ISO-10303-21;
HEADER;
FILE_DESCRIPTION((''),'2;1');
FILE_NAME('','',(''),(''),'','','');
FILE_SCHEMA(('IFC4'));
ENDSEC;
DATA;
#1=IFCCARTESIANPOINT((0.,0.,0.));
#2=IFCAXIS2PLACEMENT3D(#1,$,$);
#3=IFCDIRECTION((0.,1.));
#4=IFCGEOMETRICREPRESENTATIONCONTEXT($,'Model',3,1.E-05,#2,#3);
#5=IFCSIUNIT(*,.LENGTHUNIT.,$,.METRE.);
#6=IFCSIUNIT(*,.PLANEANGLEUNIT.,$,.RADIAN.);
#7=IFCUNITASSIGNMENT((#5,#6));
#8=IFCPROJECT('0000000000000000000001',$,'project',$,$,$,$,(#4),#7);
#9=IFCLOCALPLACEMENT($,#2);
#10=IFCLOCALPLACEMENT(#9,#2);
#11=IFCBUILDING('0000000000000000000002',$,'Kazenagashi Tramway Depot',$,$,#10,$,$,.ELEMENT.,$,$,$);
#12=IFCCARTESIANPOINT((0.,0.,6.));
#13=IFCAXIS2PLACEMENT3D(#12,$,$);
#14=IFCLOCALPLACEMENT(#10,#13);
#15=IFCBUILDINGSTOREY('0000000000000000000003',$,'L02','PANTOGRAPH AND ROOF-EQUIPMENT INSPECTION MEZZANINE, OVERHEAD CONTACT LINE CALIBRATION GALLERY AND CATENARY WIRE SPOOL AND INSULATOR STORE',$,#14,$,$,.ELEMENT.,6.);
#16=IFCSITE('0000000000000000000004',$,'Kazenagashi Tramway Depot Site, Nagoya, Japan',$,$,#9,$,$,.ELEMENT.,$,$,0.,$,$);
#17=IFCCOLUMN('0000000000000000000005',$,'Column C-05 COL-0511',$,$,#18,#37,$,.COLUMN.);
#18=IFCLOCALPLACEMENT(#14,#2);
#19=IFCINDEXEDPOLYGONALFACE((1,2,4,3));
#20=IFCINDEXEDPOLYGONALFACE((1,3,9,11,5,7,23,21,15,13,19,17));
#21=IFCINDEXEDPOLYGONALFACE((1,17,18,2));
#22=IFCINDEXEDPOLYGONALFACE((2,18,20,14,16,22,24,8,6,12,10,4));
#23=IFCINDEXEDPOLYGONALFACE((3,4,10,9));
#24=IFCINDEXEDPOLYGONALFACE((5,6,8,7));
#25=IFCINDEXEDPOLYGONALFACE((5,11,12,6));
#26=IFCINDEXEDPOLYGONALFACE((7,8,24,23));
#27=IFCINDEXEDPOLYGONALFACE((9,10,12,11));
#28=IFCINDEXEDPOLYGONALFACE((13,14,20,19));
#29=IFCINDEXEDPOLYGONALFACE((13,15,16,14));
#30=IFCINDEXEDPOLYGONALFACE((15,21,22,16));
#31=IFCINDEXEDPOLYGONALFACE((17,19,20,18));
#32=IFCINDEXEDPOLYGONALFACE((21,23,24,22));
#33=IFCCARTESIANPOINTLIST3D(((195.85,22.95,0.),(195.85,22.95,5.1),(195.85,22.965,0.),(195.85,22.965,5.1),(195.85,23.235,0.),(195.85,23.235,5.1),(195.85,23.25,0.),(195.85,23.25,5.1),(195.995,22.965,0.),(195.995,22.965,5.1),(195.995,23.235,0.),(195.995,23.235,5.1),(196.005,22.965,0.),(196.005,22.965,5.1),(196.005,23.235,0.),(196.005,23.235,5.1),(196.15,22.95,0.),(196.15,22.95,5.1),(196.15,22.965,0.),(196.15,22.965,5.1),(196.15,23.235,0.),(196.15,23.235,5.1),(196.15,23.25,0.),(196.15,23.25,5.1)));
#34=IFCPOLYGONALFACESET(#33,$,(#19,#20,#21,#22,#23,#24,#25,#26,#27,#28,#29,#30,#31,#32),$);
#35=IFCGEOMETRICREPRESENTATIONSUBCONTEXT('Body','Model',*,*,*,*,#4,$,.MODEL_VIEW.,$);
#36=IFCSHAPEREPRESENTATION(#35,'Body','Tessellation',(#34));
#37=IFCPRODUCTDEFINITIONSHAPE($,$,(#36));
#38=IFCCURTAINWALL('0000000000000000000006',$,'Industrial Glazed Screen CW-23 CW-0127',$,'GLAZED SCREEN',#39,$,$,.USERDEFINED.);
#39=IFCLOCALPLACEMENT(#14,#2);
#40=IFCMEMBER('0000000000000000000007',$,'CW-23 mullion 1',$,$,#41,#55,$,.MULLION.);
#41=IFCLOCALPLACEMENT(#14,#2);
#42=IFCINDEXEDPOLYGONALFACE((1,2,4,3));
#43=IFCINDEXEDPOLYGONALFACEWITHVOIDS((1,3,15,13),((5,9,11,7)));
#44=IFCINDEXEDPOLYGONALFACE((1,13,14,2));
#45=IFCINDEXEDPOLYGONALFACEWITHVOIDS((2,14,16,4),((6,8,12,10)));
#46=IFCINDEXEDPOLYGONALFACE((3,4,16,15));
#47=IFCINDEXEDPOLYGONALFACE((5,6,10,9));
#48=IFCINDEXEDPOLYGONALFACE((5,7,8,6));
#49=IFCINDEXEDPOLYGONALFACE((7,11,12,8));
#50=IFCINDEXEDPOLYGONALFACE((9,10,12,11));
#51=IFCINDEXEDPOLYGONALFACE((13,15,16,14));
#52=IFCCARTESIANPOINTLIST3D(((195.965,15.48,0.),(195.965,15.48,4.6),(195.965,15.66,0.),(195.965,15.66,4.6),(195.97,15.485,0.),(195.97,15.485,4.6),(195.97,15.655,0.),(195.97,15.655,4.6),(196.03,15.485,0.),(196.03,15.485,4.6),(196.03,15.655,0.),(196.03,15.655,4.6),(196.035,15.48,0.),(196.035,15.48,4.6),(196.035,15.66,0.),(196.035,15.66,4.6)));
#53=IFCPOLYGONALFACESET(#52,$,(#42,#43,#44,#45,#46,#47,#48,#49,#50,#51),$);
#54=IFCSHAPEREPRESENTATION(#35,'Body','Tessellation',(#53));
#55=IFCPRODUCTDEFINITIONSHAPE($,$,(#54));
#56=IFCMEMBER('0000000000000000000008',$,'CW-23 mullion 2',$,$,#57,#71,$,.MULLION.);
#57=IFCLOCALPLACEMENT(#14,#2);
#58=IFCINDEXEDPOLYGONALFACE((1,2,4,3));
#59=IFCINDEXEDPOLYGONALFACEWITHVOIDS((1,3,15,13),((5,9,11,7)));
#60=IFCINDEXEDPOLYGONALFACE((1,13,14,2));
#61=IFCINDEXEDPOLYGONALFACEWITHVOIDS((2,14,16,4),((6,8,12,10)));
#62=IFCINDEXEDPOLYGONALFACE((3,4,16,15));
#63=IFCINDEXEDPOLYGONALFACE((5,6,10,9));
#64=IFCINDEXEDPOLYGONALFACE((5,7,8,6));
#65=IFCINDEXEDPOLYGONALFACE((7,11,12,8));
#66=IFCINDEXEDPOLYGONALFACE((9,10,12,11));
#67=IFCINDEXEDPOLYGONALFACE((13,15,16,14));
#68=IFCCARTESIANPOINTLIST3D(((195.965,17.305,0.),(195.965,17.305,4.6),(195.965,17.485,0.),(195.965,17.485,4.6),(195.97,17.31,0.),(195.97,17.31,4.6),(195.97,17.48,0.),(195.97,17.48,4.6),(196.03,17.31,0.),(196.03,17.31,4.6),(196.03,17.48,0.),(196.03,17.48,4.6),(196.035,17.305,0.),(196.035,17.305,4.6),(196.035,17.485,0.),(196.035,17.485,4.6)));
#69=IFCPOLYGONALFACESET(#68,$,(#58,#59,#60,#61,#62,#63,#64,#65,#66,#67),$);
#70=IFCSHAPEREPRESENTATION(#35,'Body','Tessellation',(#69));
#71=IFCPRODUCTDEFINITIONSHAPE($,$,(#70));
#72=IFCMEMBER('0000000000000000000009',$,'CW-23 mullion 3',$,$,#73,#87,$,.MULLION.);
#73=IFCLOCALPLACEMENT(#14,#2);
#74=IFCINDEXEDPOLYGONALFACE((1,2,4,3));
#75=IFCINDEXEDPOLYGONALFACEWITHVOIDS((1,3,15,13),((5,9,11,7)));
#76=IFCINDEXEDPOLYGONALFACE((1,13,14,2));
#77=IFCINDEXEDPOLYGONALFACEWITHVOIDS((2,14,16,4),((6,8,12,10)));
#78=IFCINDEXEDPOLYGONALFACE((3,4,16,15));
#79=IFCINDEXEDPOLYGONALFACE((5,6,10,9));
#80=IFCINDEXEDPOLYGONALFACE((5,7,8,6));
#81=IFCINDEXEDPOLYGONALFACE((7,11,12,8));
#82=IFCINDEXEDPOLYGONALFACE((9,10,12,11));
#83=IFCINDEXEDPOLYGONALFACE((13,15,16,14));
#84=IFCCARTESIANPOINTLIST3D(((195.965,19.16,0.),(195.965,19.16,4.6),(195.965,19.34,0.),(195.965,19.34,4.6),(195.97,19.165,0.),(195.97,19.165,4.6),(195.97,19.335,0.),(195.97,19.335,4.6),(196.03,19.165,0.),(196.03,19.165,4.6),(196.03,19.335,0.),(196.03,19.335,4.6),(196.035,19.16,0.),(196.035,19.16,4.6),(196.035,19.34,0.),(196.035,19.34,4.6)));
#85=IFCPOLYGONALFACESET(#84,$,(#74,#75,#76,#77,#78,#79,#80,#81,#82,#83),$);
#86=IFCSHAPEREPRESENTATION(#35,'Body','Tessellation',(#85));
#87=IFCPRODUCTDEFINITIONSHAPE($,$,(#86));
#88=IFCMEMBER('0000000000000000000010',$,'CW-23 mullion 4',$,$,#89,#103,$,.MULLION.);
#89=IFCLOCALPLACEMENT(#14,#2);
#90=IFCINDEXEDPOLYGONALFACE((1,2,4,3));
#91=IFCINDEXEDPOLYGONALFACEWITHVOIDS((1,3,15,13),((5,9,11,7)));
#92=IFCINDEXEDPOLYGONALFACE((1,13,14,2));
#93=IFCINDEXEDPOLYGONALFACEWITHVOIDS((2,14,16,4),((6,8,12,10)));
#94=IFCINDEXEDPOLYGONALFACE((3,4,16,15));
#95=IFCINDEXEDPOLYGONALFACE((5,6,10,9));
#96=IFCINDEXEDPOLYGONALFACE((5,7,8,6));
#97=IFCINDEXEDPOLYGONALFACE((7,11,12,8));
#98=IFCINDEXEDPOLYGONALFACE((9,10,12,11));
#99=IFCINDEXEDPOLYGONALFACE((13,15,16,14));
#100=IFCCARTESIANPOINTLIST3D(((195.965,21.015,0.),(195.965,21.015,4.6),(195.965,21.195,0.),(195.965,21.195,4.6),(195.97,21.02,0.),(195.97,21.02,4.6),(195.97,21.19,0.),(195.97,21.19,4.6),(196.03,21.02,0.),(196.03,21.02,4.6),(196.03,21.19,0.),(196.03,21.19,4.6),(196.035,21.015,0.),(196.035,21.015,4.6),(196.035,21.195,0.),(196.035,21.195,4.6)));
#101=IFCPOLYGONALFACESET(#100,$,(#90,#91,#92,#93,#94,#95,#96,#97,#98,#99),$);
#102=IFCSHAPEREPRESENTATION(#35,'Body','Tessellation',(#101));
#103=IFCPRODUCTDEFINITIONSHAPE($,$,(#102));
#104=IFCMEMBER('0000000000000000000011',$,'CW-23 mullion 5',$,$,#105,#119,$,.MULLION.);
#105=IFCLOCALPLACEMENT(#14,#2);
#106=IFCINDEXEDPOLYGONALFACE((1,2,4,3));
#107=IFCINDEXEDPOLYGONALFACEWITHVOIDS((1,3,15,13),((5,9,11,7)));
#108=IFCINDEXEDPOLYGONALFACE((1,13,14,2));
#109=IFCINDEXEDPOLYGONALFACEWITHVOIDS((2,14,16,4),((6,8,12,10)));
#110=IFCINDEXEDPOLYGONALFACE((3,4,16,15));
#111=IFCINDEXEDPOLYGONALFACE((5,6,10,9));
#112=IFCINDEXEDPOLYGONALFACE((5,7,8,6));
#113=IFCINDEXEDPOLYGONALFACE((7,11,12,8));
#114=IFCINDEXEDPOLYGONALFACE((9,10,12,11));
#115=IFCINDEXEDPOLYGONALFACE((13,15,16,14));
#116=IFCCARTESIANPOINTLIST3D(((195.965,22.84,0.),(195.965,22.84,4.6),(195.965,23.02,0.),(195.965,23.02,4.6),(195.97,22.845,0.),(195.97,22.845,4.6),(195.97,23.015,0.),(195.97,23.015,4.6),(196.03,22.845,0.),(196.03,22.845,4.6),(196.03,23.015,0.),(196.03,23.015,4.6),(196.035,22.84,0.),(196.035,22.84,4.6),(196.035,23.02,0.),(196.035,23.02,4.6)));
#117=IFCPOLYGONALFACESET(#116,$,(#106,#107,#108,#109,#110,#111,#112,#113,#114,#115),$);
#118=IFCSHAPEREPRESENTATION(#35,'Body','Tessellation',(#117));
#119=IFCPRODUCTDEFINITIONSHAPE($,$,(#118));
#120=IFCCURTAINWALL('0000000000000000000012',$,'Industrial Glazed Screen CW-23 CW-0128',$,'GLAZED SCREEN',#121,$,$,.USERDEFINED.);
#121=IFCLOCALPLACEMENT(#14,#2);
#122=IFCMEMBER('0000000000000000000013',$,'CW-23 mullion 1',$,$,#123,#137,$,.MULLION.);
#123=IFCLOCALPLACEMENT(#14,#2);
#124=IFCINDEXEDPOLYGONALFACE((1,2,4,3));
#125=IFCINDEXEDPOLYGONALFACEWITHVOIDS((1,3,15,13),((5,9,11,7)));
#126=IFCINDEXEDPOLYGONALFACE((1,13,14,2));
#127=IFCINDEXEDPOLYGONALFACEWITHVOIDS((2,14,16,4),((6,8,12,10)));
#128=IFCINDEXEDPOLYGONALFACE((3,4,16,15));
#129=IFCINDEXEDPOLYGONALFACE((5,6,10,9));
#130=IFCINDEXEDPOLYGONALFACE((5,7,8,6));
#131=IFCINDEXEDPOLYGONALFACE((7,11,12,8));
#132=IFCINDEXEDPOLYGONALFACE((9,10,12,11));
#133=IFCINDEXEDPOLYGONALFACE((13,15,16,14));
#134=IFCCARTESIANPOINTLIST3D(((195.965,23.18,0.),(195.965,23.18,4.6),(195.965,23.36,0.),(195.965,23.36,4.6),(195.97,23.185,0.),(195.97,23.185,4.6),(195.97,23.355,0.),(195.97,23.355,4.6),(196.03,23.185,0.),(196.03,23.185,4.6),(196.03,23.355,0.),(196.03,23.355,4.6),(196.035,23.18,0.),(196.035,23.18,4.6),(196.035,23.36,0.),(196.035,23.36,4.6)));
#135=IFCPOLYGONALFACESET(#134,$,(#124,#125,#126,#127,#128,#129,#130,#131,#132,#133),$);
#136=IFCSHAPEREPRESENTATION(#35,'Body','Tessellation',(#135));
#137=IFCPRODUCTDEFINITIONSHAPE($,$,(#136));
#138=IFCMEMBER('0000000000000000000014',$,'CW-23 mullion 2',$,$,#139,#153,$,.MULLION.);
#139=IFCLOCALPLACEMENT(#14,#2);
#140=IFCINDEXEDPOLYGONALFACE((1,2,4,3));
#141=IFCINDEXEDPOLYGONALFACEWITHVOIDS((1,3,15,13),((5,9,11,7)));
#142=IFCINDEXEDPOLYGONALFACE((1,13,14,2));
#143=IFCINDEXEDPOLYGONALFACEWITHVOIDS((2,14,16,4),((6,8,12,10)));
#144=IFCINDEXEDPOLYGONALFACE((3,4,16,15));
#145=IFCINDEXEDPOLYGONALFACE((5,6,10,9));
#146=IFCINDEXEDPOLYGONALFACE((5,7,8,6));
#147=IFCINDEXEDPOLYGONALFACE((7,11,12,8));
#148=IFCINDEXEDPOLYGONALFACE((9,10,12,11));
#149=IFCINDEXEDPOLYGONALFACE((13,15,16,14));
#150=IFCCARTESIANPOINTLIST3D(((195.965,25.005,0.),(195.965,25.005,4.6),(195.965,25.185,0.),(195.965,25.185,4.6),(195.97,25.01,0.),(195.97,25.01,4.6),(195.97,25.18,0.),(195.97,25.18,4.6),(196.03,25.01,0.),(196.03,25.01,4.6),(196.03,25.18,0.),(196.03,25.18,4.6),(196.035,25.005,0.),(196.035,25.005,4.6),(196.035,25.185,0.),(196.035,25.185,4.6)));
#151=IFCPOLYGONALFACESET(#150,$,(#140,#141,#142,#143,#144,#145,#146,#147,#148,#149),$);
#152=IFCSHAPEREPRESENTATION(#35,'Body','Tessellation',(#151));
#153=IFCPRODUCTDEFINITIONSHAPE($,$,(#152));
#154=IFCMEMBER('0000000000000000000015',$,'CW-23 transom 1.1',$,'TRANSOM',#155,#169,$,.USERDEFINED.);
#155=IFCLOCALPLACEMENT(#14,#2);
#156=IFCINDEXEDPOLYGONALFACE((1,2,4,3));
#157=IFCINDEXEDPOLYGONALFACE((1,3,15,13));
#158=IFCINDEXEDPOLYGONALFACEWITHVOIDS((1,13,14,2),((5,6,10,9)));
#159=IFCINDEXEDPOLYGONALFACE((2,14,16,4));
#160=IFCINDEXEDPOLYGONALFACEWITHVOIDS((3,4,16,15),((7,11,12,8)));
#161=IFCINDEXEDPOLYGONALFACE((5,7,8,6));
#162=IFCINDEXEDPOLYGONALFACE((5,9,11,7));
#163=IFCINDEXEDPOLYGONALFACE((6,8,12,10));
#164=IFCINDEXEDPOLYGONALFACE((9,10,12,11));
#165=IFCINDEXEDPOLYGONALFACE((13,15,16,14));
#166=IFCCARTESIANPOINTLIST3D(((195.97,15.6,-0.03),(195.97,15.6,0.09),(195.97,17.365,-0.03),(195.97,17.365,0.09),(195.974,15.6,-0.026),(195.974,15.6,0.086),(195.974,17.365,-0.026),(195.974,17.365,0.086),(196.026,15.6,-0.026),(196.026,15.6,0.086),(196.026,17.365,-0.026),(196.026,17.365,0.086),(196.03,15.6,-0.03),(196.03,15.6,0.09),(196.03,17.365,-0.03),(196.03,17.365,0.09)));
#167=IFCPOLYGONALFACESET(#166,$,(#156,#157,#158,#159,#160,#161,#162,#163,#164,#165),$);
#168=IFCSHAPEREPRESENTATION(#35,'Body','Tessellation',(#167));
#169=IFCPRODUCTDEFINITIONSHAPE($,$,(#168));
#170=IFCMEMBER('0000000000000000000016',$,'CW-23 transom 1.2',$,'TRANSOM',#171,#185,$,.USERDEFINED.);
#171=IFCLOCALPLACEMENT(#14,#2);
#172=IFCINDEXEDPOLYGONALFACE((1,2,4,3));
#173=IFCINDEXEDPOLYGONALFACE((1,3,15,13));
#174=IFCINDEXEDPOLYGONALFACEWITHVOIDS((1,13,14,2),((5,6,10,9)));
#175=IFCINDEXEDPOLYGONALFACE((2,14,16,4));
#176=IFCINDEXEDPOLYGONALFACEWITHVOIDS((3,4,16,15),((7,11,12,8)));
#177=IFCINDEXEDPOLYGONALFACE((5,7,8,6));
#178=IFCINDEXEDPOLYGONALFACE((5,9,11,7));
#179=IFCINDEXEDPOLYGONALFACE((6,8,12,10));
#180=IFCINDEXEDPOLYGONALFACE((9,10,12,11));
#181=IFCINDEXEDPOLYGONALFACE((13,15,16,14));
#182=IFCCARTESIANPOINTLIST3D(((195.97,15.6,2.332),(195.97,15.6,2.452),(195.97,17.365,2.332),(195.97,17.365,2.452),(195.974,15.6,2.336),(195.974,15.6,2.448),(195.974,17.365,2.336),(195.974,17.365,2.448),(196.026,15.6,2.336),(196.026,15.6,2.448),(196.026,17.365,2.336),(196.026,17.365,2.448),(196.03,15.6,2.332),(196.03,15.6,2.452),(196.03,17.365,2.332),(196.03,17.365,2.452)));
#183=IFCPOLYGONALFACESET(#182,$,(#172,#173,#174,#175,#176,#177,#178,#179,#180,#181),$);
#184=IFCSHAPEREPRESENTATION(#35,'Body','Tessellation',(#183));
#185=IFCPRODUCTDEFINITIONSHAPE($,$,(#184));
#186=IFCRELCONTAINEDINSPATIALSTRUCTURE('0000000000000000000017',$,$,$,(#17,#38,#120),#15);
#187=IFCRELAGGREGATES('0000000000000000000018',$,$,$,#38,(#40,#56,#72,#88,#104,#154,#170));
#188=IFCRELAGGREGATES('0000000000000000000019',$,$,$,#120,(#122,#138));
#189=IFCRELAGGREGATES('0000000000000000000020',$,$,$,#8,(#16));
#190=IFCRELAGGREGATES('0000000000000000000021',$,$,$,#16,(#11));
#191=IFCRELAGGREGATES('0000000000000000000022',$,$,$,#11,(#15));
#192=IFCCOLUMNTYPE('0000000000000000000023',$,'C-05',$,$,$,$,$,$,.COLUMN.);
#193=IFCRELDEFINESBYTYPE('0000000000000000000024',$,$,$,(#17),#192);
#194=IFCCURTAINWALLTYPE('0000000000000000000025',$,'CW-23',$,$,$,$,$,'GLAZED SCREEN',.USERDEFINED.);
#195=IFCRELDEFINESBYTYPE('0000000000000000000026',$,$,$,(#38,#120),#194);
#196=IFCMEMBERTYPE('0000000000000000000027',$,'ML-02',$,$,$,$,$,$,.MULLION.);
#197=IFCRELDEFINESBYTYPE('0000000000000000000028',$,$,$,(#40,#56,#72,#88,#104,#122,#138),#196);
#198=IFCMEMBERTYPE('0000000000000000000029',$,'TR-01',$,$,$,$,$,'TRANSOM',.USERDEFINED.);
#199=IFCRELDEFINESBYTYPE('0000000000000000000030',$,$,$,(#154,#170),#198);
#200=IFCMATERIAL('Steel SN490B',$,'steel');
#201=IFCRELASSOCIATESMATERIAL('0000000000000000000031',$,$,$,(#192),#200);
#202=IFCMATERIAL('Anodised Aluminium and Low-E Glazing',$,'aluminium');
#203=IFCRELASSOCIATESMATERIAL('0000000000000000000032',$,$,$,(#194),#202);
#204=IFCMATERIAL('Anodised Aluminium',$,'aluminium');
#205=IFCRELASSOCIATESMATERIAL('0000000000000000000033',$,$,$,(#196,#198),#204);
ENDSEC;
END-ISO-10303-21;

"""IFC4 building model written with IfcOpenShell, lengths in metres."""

from ifc_helpers import new_model, si_unit, direction, frame, origin, origin_2d, place, context, subcontext, project, spatial, hollow_rectangle, i_section, extrude, material, material_profile, profile_set, type_object, element, aggregate, save


model = new_model("IFC4")

# Units and contexts
model_context = context("Model", 3, precision=1e-05, world=origin(), true_north=direction((0.0, 1.0)))
body_context = subcontext(model_context, "Body", "Model", "MODEL_VIEW")
ifc_project = project(units=[si_unit("LENGTHUNIT", "METRE"), si_unit("PLANEANGLEUNIT", "RADIAN")], contexts=[model_context])

# Site, building, storey
site_placement = place(None, origin())
site = spatial("IfcSite", under=ifc_project, at=site_placement, Name="Kazenagashi Tramway Depot Site, Nagoya, Japan", CompositionType="ELEMENT", RefElevation=0.0)
building_placement = place(site_placement, origin())
building = spatial("IfcBuilding", under=site, at=building_placement, Name="Kazenagashi Tramway Depot", CompositionType="ELEMENT")
storey_placement = place(building_placement, frame((0.0, 0.0, 6.0)))
storey = spatial("IfcBuildingStorey", under=building, at=storey_placement, Name="L02", Description="PANTOGRAPH AND ROOF-EQUIPMENT INSPECTION MEZZANINE, OVERHEAD CONTACT LINE CALIBRATION GALLERY AND CATENARY WIRE SPOOL AND INSULATOR STORE", CompositionType="ELEMENT", Elevation=6.0)

# Column
ifc_material_1 = material(Name="Steel SN490B", Category="steel")
ifc_material_profile_1 = material_profile(ifc_material_1, i_section(OverallWidth=0.3, OverallDepth=0.3, WebThickness=0.01, FlangeThickness=0.015, at=origin_2d()), Name="H-300x300x10x15")
ifc_profile_set_1 = profile_set([ifc_material_profile_1], Name="Steel SN490B")
column_type = type_object("IfcColumnType", Name="C-05", PredefinedType="COLUMN", material=ifc_profile_set_1)
column_placement = place(storey_placement, frame((196.0, 23.1, 0.0), z_axis=(0.0, 0.0, 1.0), x_axis=(1.0, 0.0, 0.0)))
element("IfcColumn", 1, at=column_placement, inside=storey, type_object=column_type, Name="Column C-05 COL-0511", PredefinedType="COLUMN", context=body_context, shape_type="SweptSolid", body=[
    extrude(i_section(OverallWidth=0.3, OverallDepth=0.3, WebThickness=0.01, FlangeThickness=0.015, at=origin_2d()), origin(), (0.0, 0.0, 1.0), 5.1),
])

# Curtain walls, members
ifc_material_2 = material(Name="Anodised Aluminium and Low-E Glazing", Category="aluminium")
curtain_wall_type = type_object("IfcCurtainWallType", Name="CW-23", ElementType="GLAZED SCREEN", PredefinedType="USERDEFINED", material=ifc_material_2)
curtain_wall_1_placement = place(storey_placement, origin())
curtain_wall_1 = element("IfcCurtainWall", 2, at=curtain_wall_1_placement, inside=storey, type_object=curtain_wall_type, Name="Industrial Glazed Screen CW-23 CW-0127", ObjectType="GLAZED SCREEN", PredefinedType="USERDEFINED")
ifc_material_3 = material(Name="Anodised Aluminium", Category="aluminium")
ifc_material_profile_2 = material_profile(ifc_material_3, hollow_rectangle(XDim=0.07, YDim=0.18, WallThickness=0.005, at=origin_2d()), Name="RHS-180x70x5")
ifc_profile_set_2 = profile_set([ifc_material_profile_2], Name="Anodised Aluminium")
member_type_1 = type_object("IfcMemberType", Name="ML-02", PredefinedType="MULLION", material=ifc_profile_set_2)
member_1_placement = place(storey_placement, frame((196.0, 15.57, 0.0), z_axis=(0.0, 0.0, 1.0), x_axis=(-1.0, 0.0, 0.0)))
member_1 = element("IfcMember", 3, at=member_1_placement, type_object=member_type_1, Name="CW-23 mullion 1", PredefinedType="MULLION", context=body_context, shape_type="SweptSolid", body=[
    extrude(hollow_rectangle(XDim=0.07, YDim=0.18, WallThickness=0.005, at=origin_2d()), origin(), (0.0, 0.0, 1.0), 4.6),
])
member_2_placement = place(storey_placement, frame((196.0, 17.395, 0.0), z_axis=(0.0, 0.0, 1.0), x_axis=(-1.0, 0.0, 0.0)))
member_2 = element("IfcMember", 4, at=member_2_placement, type_object=member_type_1, Name="CW-23 mullion 2", PredefinedType="MULLION", context=body_context, shape_type="SweptSolid", body=[
    extrude(hollow_rectangle(XDim=0.07, YDim=0.18, WallThickness=0.005, at=origin_2d()), origin(), (0.0, 0.0, 1.0), 4.6),
])
member_3_placement = place(storey_placement, frame((196.0, 19.25, 0.0), z_axis=(0.0, 0.0, 1.0), x_axis=(-1.0, 0.0, 0.0)))
member_3 = element("IfcMember", 5, at=member_3_placement, type_object=member_type_1, Name="CW-23 mullion 3", PredefinedType="MULLION", context=body_context, shape_type="SweptSolid", body=[
    extrude(hollow_rectangle(XDim=0.07, YDim=0.18, WallThickness=0.005, at=origin_2d()), origin(), (0.0, 0.0, 1.0), 4.6),
])
member_4_placement = place(storey_placement, frame((196.0, 21.105, 0.0), z_axis=(0.0, 0.0, 1.0), x_axis=(-1.0, 0.0, 0.0)))
member_4 = element("IfcMember", 6, at=member_4_placement, type_object=member_type_1, Name="CW-23 mullion 4", PredefinedType="MULLION", context=body_context, shape_type="SweptSolid", body=[
    extrude(hollow_rectangle(XDim=0.07, YDim=0.18, WallThickness=0.005, at=origin_2d()), origin(), (0.0, 0.0, 1.0), 4.6),
])
member_5_placement = place(storey_placement, frame((196.0, 22.93, 0.0), z_axis=(0.0, 0.0, 1.0), x_axis=(-1.0, 0.0, 0.0)))
member_5 = element("IfcMember", 7, at=member_5_placement, type_object=member_type_1, Name="CW-23 mullion 5", PredefinedType="MULLION", context=body_context, shape_type="SweptSolid", body=[
    extrude(hollow_rectangle(XDim=0.07, YDim=0.18, WallThickness=0.005, at=origin_2d()), origin(), (0.0, 0.0, 1.0), 4.6),
])
curtain_wall_2_placement = place(storey_placement, origin())
curtain_wall_2 = element("IfcCurtainWall", 8, at=curtain_wall_2_placement, inside=storey, type_object=curtain_wall_type, Name="Industrial Glazed Screen CW-23 CW-0128", ObjectType="GLAZED SCREEN", PredefinedType="USERDEFINED")
member_6_placement = place(storey_placement, frame((196.0, 23.27, 0.0), z_axis=(0.0, 0.0, 1.0), x_axis=(-1.0, 0.0, 0.0)))
member_6 = element("IfcMember", 9, at=member_6_placement, type_object=member_type_1, Name="CW-23 mullion 1", PredefinedType="MULLION", context=body_context, shape_type="SweptSolid", body=[
    extrude(hollow_rectangle(XDim=0.07, YDim=0.18, WallThickness=0.005, at=origin_2d()), origin(), (0.0, 0.0, 1.0), 4.6),
])
member_7_placement = place(storey_placement, frame((196.0, 25.095, 0.0), z_axis=(0.0, 0.0, 1.0), x_axis=(-1.0, 0.0, 0.0)))
member_7 = element("IfcMember", 10, at=member_7_placement, type_object=member_type_1, Name="CW-23 mullion 2", PredefinedType="MULLION", context=body_context, shape_type="SweptSolid", body=[
    extrude(hollow_rectangle(XDim=0.07, YDim=0.18, WallThickness=0.005, at=origin_2d()), origin(), (0.0, 0.0, 1.0), 4.6),
])

# Members
ifc_material_profile_3 = material_profile(ifc_material_3, hollow_rectangle(XDim=0.06, YDim=0.12, WallThickness=0.004, at=origin_2d()), Name="RHS-120x60x4")
ifc_profile_set_3 = profile_set([ifc_material_profile_3], Name="Anodised Aluminium")
member_type_2 = type_object("IfcMemberType", Name="TR-01", ElementType="TRANSOM", PredefinedType="USERDEFINED", material=ifc_profile_set_3)
member_8_placement = place(storey_placement, frame((196.0, 15.6, 0.03), z_axis=(0.0, 1.0, 0.0), x_axis=(-1.0, 0.0, 0.0)))
member_8 = element("IfcMember", 11, at=member_8_placement, type_object=member_type_2, Name="CW-23 transom 1.1", ObjectType="TRANSOM", PredefinedType="USERDEFINED", context=body_context, shape_type="SweptSolid", body=[
    extrude(hollow_rectangle(XDim=0.06, YDim=0.12, WallThickness=0.004, at=origin_2d()), origin(), (0.0, 0.0, 1.0), 1.765),
])
member_9_placement = place(storey_placement, frame((196.0, 15.6, 2.392), z_axis=(0.0, 1.0, 0.0), x_axis=(-1.0, 0.0, 0.0)))
member_9 = element("IfcMember", 12, at=member_9_placement, type_object=member_type_2, Name="CW-23 transom 1.2", ObjectType="TRANSOM", PredefinedType="USERDEFINED", context=body_context, shape_type="SweptSolid", body=[
    extrude(hollow_rectangle(XDim=0.06, YDim=0.12, WallThickness=0.004, at=origin_2d()), origin(), (0.0, 0.0, 1.0), 1.765),
])

aggregate(curtain_wall_1, [member_1, member_2, member_3, member_4, member_5, member_8, member_9])
aggregate(curtain_wall_2, [member_6, member_7])

save(model, "model.ifc")
